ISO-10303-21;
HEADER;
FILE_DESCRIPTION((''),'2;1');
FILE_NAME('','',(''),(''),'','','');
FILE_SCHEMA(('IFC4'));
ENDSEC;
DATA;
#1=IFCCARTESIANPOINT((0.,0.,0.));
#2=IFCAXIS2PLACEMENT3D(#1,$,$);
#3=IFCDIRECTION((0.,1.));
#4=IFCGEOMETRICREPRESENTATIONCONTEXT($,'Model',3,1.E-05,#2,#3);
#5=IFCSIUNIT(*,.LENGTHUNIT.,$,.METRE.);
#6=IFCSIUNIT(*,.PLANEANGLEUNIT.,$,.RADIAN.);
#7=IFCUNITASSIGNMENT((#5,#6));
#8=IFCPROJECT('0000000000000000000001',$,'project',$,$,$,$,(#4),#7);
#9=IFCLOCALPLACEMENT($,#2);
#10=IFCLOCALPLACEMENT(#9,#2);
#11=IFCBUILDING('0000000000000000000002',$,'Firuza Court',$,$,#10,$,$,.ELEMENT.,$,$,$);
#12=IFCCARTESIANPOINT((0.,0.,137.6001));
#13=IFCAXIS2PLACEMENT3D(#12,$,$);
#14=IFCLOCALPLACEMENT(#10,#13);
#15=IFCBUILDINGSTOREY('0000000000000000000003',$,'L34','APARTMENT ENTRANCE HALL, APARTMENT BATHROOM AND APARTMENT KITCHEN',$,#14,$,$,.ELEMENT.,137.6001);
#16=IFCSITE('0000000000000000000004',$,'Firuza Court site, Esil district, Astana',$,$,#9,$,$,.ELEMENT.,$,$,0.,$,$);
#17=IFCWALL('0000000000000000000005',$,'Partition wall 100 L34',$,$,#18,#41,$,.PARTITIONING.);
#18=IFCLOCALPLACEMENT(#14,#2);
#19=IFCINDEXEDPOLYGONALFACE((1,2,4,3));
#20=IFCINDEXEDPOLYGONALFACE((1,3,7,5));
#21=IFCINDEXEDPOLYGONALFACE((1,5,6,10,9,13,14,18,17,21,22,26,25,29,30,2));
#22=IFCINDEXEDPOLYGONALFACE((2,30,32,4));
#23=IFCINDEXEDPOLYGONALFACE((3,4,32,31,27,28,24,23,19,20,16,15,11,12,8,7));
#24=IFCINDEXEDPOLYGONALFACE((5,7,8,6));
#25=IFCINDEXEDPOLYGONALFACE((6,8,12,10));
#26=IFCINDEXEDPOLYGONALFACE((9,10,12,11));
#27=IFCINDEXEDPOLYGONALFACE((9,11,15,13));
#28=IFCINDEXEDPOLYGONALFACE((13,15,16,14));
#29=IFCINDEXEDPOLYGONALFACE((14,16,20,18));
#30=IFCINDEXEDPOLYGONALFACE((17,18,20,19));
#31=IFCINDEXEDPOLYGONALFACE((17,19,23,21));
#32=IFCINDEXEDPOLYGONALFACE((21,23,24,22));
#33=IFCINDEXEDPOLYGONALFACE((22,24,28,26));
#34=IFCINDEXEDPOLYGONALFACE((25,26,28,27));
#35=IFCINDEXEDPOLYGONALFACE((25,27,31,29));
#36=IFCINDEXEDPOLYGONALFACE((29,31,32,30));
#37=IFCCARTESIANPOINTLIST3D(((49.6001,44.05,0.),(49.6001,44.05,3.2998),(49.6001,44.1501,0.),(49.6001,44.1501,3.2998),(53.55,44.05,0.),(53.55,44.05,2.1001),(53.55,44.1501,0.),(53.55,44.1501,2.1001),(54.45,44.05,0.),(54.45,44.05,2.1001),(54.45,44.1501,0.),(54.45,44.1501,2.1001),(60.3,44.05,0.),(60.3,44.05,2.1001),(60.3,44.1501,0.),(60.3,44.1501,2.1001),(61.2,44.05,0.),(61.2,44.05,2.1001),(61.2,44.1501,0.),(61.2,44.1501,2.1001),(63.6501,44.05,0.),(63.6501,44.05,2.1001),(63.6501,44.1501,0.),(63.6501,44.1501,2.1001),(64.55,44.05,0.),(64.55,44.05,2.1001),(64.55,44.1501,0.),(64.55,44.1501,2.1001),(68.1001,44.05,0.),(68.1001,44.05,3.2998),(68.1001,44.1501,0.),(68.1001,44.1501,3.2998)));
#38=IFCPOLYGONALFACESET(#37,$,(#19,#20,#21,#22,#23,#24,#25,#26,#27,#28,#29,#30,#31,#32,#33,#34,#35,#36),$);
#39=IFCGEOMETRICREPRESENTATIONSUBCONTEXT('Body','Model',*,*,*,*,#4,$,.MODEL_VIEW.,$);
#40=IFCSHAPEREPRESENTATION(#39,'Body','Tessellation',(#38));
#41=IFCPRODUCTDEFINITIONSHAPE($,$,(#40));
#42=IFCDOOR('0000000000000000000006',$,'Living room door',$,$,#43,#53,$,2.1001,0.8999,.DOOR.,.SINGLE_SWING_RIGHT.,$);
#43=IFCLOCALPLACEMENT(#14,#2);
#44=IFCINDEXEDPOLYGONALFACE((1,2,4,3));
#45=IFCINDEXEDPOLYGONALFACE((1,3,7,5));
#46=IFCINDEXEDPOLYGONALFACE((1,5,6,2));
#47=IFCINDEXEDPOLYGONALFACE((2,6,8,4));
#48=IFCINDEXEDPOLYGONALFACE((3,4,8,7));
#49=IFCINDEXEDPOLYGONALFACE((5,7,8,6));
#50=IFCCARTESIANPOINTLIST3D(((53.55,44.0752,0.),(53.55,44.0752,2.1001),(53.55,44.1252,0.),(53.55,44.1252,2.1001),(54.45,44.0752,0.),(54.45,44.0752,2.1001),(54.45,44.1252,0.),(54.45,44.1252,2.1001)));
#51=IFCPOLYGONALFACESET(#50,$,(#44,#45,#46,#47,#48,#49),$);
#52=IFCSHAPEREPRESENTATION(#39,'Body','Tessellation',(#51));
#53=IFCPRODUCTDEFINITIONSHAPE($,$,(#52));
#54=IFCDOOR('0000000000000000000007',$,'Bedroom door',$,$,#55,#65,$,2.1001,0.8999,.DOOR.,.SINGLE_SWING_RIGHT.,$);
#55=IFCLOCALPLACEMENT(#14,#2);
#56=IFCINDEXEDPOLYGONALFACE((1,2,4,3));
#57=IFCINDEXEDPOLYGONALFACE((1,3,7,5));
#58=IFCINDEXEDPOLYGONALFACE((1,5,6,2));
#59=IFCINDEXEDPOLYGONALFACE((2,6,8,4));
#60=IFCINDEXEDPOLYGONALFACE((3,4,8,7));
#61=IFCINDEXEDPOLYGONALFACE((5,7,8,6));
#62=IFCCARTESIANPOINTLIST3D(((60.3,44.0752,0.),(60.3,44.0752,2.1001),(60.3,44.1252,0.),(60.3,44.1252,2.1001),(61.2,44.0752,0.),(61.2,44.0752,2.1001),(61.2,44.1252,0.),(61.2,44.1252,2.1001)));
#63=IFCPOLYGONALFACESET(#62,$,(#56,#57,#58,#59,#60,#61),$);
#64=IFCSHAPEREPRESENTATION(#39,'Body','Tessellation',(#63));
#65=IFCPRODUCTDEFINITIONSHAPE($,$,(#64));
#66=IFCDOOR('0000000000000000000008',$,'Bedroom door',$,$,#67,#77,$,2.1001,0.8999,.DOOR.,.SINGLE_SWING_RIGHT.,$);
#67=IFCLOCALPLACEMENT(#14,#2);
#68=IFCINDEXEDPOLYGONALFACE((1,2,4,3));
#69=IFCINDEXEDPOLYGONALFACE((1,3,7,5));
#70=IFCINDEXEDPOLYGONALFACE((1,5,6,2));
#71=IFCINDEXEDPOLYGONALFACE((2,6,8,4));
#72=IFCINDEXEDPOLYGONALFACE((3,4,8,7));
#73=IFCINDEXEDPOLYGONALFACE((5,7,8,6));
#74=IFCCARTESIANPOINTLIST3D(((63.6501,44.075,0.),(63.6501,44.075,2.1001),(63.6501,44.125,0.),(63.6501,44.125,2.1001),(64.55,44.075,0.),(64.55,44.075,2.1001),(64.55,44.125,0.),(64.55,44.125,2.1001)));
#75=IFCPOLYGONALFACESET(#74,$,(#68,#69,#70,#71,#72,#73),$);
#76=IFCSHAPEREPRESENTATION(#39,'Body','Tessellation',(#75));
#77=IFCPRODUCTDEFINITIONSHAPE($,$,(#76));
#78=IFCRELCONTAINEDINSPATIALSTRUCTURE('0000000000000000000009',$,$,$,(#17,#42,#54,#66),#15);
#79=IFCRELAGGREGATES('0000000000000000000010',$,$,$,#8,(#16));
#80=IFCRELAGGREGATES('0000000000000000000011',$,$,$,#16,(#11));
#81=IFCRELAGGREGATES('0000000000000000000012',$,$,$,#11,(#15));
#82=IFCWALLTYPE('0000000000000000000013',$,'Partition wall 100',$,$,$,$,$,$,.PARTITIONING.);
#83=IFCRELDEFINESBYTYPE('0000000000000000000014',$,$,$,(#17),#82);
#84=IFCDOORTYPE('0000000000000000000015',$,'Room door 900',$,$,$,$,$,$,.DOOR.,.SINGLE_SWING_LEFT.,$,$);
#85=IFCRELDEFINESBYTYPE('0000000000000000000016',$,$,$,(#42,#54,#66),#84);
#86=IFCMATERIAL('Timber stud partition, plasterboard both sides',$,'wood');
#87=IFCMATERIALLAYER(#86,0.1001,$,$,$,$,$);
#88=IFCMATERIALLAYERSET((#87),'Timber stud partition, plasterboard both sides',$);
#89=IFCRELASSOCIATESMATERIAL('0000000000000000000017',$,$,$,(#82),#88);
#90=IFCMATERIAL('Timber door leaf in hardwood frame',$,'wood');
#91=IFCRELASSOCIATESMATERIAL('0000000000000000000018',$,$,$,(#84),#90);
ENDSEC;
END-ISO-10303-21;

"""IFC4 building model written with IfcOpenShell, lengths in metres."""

from ifc_helpers import new_model, si_unit, direction, frame, frame_2d, origin, place, context, subcontext, project, spatial, rectangle, extrude, material, layer, layer_set, type_object, element, fill, save


model = new_model("IFC4")

# Units and contexts
model_context = context("Model", 3, precision=1e-05, world=origin(), true_north=direction((0.0, 1.0)))
body_context = subcontext(model_context, "Body", "Model", "MODEL_VIEW")
ifc_project = project(units=[si_unit("LENGTHUNIT", "METRE"), si_unit("PLANEANGLEUNIT", "RADIAN")], contexts=[model_context])

# Site, building, storey
site_placement = place(None, origin())
site = spatial("IfcSite", under=ifc_project, at=site_placement, Name="Firuza Court site, Esil district, Astana", CompositionType="ELEMENT", RefElevation=0.0)
building_placement = place(site_placement, origin())
building = spatial("IfcBuilding", under=site, at=building_placement, Name="Firuza Court", CompositionType="ELEMENT")
storey_placement = place(building_placement, frame((0.0, 0.0, 137.6001)))
storey = spatial("IfcBuildingStorey", under=building, at=storey_placement, Name="L34", Description="APARTMENT ENTRANCE HALL, APARTMENT BATHROOM AND APARTMENT KITCHEN", CompositionType="ELEMENT", Elevation=137.6001)

# Wall, openings, doors
ifc_material_1 = material(Name="Timber stud partition, plasterboard both sides", Category="wood")
ifc_layer_1 = layer(ifc_material_1, 0.1001)
ifc_layer_set_1 = layer_set([ifc_layer_1], Name="Timber stud partition, plasterboard both sides")
wall_type_1 = type_object("IfcWallType", Name="Partition wall 100", PredefinedType="PARTITIONING", material=ifc_layer_set_1)
wall_1_placement = place(storey_placement, frame((49.6001, 44.1001, 0.0), z_axis=(0.0, 0.0, 1.0), x_axis=(1.0, 0.0, 0.0)))
wall_1 = element("IfcWall", 1, at=wall_1_placement, inside=storey, type_object=wall_type_1, Name="Partition wall 100 L34", PredefinedType="PARTITIONING", context=body_context, shape_type="SweptSolid", body=[
    extrude(rectangle(XDim=18.5, YDim=0.1001, at=frame_2d((9.25, 0.0))), origin(), (0.0, 0.0, 1.0), 3.2998),
])
opening_1_placement = place(wall_1_placement, frame((3.95, 0.0, 0.0)))
opening_1 = element("IfcOpeningElement", 2, at=opening_1_placement, cuts=wall_1, PredefinedType="OPENING", context=body_context, shape_type="SweptSolid", body=[
    extrude(rectangle(XDim=0.8999, YDim=2.1001, at=frame_2d((0.45, 1.05))), frame((0.0, 0.062, 0.0), z_axis=(0.0, -1.0, 0.0), x_axis=(1.0, 0.0, 0.0)), (0.0, 0.0, 1.0), 0.124),
])
opening_2_placement = place(wall_1_placement, frame((10.7, 0.0, 0.0)))
opening_2 = element("IfcOpeningElement", 3, at=opening_2_placement, cuts=wall_1, PredefinedType="OPENING", context=body_context, shape_type="SweptSolid", body=[
    extrude(rectangle(XDim=0.8999, YDim=2.1001, at=frame_2d((0.45, 1.05))), frame((0.0, 0.062, 0.0), z_axis=(0.0, -1.0, 0.0), x_axis=(1.0, 0.0, 0.0)), (0.0, 0.0, 1.0), 0.124),
])
opening_3_placement = place(wall_1_placement, frame((14.05, 0.0, 0.0)))
opening_3 = element("IfcOpeningElement", 4, at=opening_3_placement, cuts=wall_1, PredefinedType="OPENING", context=body_context, shape_type="SweptSolid", body=[
    extrude(rectangle(XDim=0.8999, YDim=2.1001, at=frame_2d((0.45, 1.05))), frame((0.0, 0.062, 0.0), z_axis=(0.0, -1.0, 0.0), x_axis=(1.0, 0.0, 0.0)), (0.0, 0.0, 1.0), 0.124),
])
ifc_material_2 = material(Name="Timber door leaf in hardwood frame", Category="wood")
door_type_1 = type_object("IfcDoorType", Name="Room door 900", OperationType="SINGLE_SWING_LEFT", PredefinedType="DOOR", material=ifc_material_2)
door_1_placement = place(opening_1_placement, frame((0.8999, 0.0, 0.0), z_axis=(0.0, 0.0, 1.0), x_axis=(-1.0, 0.0, 0.0)))
door_1 = element("IfcDoor", 5, at=door_1_placement, inside=storey, type_object=door_type_1, Name="Living room door", OperationType="SINGLE_SWING_RIGHT", OverallHeight=2.1001, OverallWidth=0.8999, PredefinedType="DOOR", context=body_context, shape_type="SweptSolid", body=[
    extrude(rectangle(XDim=0.8999, YDim=2.1001, at=frame_2d((0.45, 1.05))), frame((0.0, 0.0249, 0.0), z_axis=(0.0, -1.0, 0.0), x_axis=(1.0, 0.0, 0.0)), (0.0, 0.0, 1.0), 0.05),
])
fill(opening_1, door_1)
door_2_placement = place(opening_2_placement, frame((0.8999, 0.0, 0.0), z_axis=(0.0, 0.0, 1.0), x_axis=(-1.0, 0.0, 0.0)))
door_2 = element("IfcDoor", 6, at=door_2_placement, inside=storey, type_object=door_type_1, Name="Bedroom door", OperationType="SINGLE_SWING_RIGHT", OverallHeight=2.1001, OverallWidth=0.8999, PredefinedType="DOOR", context=body_context, shape_type="SweptSolid", body=[
    extrude(rectangle(XDim=0.8999, YDim=2.1001, at=frame_2d((0.45, 1.05))), frame((0.0, 0.0249, 0.0), z_axis=(0.0, -1.0, 0.0), x_axis=(1.0, 0.0, 0.0)), (0.0, 0.0, 1.0), 0.05),
])
fill(opening_2, door_2)
door_3_placement = place(opening_3_placement, origin())
door_3 = element("IfcDoor", 7, at=door_3_placement, inside=storey, type_object=door_type_1, Name="Bedroom door", OperationType="SINGLE_SWING_RIGHT", OverallHeight=2.1001, OverallWidth=0.8999, PredefinedType="DOOR", context=body_context, shape_type="SweptSolid", body=[
    extrude(rectangle(XDim=0.8999, YDim=2.1001, at=frame_2d((0.45, 1.05))), frame((0.0, 0.0249, 0.0), z_axis=(0.0, -1.0, 0.0), x_axis=(1.0, 0.0, 0.0)), (0.0, 0.0, 1.0), 0.05),
])
fill(opening_3, door_3)

save(model, "model.ifc")
